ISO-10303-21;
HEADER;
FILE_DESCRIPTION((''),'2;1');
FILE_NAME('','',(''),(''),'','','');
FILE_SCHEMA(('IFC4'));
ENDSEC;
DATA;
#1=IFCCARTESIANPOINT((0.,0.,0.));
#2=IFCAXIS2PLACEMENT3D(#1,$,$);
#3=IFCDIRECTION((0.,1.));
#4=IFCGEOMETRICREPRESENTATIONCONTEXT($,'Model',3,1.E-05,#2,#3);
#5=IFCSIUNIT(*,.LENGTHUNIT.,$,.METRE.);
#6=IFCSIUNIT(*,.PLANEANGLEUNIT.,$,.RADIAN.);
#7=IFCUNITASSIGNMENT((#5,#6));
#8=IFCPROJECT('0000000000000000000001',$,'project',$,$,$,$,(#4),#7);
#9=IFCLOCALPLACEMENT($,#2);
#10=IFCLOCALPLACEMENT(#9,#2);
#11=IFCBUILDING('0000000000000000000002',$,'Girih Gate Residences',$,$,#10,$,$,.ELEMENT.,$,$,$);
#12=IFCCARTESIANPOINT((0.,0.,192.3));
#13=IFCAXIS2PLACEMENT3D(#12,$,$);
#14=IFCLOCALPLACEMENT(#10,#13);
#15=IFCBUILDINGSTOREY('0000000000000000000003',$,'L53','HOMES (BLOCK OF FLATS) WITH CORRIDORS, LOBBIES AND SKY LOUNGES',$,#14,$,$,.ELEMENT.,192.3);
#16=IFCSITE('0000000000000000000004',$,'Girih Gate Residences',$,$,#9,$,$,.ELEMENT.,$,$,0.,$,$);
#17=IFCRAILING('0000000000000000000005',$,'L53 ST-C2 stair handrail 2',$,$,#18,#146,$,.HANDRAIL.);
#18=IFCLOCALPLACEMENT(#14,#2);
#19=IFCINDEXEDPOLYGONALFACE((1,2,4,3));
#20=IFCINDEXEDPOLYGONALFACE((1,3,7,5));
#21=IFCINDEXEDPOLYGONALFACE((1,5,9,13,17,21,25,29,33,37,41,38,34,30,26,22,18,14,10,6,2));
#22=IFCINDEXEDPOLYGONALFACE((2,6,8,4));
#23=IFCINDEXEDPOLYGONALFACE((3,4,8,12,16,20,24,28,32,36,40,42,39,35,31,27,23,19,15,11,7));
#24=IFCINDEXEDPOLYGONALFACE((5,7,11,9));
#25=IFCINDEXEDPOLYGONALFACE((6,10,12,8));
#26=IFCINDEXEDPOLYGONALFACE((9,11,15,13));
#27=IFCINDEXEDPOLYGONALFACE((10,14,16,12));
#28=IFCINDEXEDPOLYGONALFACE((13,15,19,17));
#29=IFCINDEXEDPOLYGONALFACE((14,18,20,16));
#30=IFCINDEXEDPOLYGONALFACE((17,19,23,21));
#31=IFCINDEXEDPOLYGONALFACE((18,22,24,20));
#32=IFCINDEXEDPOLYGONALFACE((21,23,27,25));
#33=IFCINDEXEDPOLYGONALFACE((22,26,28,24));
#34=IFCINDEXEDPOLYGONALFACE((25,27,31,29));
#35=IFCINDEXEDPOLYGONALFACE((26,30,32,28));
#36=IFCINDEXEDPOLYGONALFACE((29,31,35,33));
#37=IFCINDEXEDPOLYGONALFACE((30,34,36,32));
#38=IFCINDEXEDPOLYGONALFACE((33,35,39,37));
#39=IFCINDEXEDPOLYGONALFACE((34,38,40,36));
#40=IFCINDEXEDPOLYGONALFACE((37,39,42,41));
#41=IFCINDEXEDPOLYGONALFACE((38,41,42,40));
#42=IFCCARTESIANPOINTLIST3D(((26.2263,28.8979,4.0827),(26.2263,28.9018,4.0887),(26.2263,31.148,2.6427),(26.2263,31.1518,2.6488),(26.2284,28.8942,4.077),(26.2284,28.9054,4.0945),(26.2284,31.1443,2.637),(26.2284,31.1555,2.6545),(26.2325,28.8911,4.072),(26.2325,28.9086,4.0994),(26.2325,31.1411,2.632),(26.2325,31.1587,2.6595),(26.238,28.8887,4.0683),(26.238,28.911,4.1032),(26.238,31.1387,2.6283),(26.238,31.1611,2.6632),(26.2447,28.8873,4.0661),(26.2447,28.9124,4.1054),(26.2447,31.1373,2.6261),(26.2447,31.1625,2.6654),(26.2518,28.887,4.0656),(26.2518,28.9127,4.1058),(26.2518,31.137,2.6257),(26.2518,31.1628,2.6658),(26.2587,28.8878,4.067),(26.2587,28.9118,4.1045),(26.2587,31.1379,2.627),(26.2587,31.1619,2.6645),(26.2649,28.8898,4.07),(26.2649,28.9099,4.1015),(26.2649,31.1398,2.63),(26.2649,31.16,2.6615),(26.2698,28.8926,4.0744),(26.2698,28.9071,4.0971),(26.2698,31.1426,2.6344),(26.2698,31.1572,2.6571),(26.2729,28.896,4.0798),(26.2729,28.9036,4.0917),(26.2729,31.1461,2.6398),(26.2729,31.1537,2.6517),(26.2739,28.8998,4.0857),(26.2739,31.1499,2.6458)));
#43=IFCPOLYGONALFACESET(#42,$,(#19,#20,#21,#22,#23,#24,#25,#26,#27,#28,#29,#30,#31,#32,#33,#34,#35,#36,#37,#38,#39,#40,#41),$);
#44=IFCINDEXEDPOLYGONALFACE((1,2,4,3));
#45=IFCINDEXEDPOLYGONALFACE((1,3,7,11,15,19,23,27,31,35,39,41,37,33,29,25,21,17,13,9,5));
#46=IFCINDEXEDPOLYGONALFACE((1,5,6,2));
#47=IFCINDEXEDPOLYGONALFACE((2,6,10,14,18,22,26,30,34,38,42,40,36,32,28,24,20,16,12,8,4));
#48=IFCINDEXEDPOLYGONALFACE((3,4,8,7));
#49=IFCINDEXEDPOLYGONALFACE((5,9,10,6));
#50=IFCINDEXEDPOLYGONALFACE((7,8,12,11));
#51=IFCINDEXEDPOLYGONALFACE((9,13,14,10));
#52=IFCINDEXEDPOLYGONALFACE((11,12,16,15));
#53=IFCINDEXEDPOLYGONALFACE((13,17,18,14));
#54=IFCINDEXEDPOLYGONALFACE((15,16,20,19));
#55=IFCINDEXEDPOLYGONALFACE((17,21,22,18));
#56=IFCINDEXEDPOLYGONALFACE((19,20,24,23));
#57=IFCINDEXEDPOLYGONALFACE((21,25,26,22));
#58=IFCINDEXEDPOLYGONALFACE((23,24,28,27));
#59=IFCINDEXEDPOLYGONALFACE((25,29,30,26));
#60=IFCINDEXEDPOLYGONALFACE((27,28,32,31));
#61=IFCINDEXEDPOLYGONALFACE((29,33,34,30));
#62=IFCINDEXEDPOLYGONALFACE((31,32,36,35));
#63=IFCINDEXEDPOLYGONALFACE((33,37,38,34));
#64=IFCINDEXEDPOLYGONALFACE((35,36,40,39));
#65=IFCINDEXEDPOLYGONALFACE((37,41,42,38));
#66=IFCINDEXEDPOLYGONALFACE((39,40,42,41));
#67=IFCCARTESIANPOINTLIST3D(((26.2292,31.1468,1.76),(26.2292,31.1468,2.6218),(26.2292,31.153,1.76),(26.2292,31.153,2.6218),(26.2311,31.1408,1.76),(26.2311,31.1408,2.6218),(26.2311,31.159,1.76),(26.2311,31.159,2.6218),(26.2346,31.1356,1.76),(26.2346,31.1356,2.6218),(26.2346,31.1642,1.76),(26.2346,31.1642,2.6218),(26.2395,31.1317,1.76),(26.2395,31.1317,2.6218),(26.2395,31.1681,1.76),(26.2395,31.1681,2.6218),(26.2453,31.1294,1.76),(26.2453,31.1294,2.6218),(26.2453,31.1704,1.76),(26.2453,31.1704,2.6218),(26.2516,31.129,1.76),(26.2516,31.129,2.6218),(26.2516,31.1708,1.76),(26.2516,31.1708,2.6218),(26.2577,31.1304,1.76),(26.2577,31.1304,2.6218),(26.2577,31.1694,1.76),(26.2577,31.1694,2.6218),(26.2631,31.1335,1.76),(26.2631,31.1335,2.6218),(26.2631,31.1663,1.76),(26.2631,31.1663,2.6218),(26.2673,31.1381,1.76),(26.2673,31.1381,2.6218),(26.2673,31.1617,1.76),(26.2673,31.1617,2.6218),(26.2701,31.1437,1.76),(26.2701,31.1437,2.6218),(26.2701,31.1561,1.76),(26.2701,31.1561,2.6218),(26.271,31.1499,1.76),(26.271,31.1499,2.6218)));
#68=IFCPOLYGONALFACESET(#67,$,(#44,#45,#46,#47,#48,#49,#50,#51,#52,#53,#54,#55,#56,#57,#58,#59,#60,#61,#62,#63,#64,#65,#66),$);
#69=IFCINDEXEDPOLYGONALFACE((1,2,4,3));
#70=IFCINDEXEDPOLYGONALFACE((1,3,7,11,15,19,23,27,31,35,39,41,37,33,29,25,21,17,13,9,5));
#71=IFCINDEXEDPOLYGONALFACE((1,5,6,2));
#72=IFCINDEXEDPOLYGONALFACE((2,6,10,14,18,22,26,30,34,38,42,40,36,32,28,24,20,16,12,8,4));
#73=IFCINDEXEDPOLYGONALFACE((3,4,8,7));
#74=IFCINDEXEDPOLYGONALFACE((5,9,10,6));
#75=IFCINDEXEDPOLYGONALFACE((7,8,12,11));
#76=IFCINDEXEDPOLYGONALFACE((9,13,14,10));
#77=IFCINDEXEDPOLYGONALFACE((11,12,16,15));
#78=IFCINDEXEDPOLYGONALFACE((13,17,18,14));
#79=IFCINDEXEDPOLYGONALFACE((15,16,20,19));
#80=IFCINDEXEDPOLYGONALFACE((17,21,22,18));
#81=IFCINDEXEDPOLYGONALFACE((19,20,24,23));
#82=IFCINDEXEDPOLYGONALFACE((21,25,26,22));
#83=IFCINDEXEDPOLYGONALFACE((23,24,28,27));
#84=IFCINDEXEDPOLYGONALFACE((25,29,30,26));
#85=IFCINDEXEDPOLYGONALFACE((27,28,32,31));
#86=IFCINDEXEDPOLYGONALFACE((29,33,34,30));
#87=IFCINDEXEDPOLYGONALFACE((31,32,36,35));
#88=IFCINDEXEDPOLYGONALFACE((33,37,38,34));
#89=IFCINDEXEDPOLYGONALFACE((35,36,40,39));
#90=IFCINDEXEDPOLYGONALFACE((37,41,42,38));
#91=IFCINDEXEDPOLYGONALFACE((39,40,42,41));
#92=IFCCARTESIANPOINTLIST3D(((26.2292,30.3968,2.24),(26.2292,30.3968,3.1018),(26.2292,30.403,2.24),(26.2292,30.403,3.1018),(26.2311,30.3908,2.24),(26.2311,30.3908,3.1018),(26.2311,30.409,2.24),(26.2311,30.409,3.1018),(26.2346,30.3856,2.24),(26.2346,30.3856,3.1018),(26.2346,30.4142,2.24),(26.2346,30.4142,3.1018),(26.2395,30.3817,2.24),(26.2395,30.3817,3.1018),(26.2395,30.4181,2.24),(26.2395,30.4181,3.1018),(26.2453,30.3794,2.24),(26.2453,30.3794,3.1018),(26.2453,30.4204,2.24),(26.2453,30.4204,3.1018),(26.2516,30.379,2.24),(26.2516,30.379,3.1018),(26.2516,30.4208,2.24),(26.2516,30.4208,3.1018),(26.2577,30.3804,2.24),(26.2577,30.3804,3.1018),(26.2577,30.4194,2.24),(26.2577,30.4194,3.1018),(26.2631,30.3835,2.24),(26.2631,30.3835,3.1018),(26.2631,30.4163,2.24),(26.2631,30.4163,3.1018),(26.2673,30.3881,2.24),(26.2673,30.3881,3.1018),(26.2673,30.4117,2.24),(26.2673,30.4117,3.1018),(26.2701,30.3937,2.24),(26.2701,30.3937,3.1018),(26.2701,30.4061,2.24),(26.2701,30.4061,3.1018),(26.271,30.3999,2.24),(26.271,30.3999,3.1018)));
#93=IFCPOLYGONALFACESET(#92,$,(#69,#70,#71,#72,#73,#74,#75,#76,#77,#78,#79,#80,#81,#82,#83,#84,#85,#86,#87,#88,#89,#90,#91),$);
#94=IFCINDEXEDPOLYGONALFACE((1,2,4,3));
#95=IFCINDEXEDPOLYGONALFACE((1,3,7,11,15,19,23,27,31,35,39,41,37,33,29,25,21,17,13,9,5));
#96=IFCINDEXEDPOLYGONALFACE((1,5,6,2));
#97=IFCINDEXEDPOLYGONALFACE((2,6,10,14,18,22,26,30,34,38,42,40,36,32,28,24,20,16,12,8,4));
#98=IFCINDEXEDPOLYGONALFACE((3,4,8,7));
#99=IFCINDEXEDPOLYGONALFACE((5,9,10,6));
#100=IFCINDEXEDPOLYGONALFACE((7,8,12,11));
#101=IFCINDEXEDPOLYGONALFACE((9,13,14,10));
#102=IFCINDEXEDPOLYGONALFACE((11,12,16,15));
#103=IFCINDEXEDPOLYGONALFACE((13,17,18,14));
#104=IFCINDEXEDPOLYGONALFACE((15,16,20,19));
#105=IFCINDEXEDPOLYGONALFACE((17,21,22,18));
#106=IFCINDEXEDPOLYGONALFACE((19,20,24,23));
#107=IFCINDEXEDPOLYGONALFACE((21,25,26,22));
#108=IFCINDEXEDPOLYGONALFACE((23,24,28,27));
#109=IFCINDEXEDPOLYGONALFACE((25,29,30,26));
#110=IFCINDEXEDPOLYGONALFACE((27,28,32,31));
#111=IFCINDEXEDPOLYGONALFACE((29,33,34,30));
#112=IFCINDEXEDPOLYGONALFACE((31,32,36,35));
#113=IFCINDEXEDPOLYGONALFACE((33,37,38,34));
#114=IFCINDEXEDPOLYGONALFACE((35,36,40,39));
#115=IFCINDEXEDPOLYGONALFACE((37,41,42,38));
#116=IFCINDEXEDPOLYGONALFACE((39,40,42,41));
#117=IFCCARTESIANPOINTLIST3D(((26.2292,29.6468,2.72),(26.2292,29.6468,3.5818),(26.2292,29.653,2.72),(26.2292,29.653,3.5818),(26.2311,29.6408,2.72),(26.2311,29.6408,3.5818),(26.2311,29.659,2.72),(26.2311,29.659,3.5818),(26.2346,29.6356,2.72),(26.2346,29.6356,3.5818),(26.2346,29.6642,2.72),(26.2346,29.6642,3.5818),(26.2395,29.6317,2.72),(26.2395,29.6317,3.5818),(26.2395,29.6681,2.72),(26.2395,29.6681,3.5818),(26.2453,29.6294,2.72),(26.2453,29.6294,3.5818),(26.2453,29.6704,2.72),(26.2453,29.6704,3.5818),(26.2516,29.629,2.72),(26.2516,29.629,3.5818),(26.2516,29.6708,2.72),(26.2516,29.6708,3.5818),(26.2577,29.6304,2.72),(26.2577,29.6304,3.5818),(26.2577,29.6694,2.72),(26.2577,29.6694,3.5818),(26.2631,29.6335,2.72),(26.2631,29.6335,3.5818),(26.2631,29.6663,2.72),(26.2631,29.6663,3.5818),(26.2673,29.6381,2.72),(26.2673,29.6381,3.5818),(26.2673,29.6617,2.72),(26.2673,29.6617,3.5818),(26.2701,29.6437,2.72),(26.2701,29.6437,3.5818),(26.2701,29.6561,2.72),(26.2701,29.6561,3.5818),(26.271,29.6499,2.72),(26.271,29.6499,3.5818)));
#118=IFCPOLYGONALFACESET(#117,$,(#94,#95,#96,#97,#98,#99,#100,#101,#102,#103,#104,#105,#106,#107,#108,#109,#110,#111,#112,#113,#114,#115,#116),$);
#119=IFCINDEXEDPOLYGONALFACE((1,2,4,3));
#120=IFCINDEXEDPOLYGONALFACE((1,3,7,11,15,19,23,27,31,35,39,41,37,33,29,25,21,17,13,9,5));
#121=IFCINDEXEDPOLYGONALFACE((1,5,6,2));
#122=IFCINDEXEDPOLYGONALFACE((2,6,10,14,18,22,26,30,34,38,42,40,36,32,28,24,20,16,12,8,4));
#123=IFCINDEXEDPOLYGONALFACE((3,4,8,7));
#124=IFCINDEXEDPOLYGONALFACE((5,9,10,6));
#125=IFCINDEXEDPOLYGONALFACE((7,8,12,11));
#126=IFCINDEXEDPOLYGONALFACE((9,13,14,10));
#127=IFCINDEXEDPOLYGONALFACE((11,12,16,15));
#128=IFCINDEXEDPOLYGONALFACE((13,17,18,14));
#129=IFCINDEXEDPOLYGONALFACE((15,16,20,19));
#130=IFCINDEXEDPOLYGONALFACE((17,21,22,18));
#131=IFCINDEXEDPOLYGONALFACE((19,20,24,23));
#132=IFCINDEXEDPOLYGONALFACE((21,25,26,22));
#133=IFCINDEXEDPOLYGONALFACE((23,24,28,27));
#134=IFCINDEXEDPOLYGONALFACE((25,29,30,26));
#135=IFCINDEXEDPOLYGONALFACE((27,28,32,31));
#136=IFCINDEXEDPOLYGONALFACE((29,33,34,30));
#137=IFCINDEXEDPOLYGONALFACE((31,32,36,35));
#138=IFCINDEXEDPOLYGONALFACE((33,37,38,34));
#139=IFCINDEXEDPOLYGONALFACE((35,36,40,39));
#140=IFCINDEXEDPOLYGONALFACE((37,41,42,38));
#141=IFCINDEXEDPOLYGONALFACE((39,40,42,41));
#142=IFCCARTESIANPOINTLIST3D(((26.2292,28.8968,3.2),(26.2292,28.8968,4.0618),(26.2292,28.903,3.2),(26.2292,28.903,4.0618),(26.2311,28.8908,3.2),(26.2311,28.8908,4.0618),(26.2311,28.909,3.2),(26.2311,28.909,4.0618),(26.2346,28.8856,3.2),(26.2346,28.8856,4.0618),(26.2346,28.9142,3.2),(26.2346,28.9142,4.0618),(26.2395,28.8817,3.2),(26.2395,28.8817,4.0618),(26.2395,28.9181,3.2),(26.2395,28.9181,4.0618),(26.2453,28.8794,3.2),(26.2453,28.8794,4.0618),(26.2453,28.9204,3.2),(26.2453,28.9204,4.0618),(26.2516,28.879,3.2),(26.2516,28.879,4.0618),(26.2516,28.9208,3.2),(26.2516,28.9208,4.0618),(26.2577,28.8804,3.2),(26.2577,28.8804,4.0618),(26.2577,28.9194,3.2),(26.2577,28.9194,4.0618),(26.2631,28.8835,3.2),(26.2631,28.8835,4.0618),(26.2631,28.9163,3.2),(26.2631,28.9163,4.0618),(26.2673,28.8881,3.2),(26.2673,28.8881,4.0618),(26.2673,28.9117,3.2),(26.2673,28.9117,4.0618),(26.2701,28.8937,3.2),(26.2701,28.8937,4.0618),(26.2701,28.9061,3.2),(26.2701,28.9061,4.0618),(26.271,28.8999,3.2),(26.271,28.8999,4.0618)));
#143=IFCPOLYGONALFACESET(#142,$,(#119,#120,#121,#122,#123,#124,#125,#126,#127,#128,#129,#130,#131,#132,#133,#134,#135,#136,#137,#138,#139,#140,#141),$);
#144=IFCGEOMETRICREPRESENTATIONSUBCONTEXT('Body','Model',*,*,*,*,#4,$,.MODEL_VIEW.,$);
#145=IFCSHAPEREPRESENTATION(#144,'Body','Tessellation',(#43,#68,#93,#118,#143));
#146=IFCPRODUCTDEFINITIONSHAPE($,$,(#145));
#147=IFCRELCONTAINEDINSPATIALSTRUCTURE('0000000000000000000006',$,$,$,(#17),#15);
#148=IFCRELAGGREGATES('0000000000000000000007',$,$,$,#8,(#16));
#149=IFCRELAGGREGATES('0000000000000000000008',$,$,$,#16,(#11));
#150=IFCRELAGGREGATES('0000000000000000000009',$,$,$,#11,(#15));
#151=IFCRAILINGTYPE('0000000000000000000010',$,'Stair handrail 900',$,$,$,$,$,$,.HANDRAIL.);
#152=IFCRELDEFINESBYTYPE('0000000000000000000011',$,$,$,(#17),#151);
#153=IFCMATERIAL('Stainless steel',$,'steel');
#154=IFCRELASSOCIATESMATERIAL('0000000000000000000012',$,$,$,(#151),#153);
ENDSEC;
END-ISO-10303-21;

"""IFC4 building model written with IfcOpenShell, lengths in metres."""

from ifc_helpers import new_model, si_unit, direction, frame, origin, origin_2d, place, context, subcontext, project, spatial, circle, extrude, material, type_object, element, save


model = new_model("IFC4")

# Units and contexts
model_context = context("Model", 3, precision=1e-05, world=origin(), true_north=direction((0.0, 1.0)))
body_context = subcontext(model_context, "Body", "Model", "MODEL_VIEW")
ifc_project = project(units=[si_unit("LENGTHUNIT", "METRE"), si_unit("PLANEANGLEUNIT", "RADIAN")], contexts=[model_context])

# Site, building, storey
site_placement = place(None, origin())
site = spatial("IfcSite", under=ifc_project, at=site_placement, Name="Girih Gate Residences", CompositionType="ELEMENT", RefElevation=0.0)
building_placement = place(site_placement, origin())
building = spatial("IfcBuilding", under=site, at=building_placement, Name="Girih Gate Residences", CompositionType="ELEMENT")
storey_placement = place(building_placement, frame((0.0, 0.0, 192.3)))
storey = spatial("IfcBuildingStorey", under=building, at=storey_placement, Name="L53", Description="HOMES (BLOCK OF FLATS) WITH CORRIDORS, LOBBIES AND SKY LOUNGES", CompositionType="ELEMENT", Elevation=192.3)

# Railing
ifc_material_1 = material(Name="Stainless steel", Category="steel")
railing_type_1 = type_object("IfcRailingType", Name="Stair handrail 900", PredefinedType="HANDRAIL", material=ifc_material_1)
railing_1_placement = place(storey_placement, frame((26.25, 31.1499, 1.76)))
element("IfcRailing", 1, at=railing_1_placement, inside=storey, type_object=railing_type_1, Name="L53 ST-C2 stair handrail 2", PredefinedType="HANDRAIL", context=body_context, shape_type="SweptSolid", body=[
    extrude(circle(Radius=0.0239, at=origin_2d()), frame((0.0, 0.0, 0.8857), z_axis=(0.0, -0.842281, 0.539038), x_axis=(1.0, 0.0, 0.0)), (0.0, 0.0, 1.0), 2.6714),
    extrude(circle(Radius=0.021, at=origin_2d()), origin(), (0.0, 0.0, 1.0), 0.8618),
    extrude(circle(Radius=0.021, at=origin_2d()), frame((0.0, -0.75, 0.48)), (0.0, 0.0, 1.0), 0.8618),
    extrude(circle(Radius=0.021, at=origin_2d()), frame((0.0, -1.5, 0.96)), (0.0, 0.0, 1.0), 0.8618),
    extrude(circle(Radius=0.021, at=origin_2d()), frame((0.0, -2.25, 1.4399)), (0.0, 0.0, 1.0), 0.8618),
])

save(model, "model.ifc")
